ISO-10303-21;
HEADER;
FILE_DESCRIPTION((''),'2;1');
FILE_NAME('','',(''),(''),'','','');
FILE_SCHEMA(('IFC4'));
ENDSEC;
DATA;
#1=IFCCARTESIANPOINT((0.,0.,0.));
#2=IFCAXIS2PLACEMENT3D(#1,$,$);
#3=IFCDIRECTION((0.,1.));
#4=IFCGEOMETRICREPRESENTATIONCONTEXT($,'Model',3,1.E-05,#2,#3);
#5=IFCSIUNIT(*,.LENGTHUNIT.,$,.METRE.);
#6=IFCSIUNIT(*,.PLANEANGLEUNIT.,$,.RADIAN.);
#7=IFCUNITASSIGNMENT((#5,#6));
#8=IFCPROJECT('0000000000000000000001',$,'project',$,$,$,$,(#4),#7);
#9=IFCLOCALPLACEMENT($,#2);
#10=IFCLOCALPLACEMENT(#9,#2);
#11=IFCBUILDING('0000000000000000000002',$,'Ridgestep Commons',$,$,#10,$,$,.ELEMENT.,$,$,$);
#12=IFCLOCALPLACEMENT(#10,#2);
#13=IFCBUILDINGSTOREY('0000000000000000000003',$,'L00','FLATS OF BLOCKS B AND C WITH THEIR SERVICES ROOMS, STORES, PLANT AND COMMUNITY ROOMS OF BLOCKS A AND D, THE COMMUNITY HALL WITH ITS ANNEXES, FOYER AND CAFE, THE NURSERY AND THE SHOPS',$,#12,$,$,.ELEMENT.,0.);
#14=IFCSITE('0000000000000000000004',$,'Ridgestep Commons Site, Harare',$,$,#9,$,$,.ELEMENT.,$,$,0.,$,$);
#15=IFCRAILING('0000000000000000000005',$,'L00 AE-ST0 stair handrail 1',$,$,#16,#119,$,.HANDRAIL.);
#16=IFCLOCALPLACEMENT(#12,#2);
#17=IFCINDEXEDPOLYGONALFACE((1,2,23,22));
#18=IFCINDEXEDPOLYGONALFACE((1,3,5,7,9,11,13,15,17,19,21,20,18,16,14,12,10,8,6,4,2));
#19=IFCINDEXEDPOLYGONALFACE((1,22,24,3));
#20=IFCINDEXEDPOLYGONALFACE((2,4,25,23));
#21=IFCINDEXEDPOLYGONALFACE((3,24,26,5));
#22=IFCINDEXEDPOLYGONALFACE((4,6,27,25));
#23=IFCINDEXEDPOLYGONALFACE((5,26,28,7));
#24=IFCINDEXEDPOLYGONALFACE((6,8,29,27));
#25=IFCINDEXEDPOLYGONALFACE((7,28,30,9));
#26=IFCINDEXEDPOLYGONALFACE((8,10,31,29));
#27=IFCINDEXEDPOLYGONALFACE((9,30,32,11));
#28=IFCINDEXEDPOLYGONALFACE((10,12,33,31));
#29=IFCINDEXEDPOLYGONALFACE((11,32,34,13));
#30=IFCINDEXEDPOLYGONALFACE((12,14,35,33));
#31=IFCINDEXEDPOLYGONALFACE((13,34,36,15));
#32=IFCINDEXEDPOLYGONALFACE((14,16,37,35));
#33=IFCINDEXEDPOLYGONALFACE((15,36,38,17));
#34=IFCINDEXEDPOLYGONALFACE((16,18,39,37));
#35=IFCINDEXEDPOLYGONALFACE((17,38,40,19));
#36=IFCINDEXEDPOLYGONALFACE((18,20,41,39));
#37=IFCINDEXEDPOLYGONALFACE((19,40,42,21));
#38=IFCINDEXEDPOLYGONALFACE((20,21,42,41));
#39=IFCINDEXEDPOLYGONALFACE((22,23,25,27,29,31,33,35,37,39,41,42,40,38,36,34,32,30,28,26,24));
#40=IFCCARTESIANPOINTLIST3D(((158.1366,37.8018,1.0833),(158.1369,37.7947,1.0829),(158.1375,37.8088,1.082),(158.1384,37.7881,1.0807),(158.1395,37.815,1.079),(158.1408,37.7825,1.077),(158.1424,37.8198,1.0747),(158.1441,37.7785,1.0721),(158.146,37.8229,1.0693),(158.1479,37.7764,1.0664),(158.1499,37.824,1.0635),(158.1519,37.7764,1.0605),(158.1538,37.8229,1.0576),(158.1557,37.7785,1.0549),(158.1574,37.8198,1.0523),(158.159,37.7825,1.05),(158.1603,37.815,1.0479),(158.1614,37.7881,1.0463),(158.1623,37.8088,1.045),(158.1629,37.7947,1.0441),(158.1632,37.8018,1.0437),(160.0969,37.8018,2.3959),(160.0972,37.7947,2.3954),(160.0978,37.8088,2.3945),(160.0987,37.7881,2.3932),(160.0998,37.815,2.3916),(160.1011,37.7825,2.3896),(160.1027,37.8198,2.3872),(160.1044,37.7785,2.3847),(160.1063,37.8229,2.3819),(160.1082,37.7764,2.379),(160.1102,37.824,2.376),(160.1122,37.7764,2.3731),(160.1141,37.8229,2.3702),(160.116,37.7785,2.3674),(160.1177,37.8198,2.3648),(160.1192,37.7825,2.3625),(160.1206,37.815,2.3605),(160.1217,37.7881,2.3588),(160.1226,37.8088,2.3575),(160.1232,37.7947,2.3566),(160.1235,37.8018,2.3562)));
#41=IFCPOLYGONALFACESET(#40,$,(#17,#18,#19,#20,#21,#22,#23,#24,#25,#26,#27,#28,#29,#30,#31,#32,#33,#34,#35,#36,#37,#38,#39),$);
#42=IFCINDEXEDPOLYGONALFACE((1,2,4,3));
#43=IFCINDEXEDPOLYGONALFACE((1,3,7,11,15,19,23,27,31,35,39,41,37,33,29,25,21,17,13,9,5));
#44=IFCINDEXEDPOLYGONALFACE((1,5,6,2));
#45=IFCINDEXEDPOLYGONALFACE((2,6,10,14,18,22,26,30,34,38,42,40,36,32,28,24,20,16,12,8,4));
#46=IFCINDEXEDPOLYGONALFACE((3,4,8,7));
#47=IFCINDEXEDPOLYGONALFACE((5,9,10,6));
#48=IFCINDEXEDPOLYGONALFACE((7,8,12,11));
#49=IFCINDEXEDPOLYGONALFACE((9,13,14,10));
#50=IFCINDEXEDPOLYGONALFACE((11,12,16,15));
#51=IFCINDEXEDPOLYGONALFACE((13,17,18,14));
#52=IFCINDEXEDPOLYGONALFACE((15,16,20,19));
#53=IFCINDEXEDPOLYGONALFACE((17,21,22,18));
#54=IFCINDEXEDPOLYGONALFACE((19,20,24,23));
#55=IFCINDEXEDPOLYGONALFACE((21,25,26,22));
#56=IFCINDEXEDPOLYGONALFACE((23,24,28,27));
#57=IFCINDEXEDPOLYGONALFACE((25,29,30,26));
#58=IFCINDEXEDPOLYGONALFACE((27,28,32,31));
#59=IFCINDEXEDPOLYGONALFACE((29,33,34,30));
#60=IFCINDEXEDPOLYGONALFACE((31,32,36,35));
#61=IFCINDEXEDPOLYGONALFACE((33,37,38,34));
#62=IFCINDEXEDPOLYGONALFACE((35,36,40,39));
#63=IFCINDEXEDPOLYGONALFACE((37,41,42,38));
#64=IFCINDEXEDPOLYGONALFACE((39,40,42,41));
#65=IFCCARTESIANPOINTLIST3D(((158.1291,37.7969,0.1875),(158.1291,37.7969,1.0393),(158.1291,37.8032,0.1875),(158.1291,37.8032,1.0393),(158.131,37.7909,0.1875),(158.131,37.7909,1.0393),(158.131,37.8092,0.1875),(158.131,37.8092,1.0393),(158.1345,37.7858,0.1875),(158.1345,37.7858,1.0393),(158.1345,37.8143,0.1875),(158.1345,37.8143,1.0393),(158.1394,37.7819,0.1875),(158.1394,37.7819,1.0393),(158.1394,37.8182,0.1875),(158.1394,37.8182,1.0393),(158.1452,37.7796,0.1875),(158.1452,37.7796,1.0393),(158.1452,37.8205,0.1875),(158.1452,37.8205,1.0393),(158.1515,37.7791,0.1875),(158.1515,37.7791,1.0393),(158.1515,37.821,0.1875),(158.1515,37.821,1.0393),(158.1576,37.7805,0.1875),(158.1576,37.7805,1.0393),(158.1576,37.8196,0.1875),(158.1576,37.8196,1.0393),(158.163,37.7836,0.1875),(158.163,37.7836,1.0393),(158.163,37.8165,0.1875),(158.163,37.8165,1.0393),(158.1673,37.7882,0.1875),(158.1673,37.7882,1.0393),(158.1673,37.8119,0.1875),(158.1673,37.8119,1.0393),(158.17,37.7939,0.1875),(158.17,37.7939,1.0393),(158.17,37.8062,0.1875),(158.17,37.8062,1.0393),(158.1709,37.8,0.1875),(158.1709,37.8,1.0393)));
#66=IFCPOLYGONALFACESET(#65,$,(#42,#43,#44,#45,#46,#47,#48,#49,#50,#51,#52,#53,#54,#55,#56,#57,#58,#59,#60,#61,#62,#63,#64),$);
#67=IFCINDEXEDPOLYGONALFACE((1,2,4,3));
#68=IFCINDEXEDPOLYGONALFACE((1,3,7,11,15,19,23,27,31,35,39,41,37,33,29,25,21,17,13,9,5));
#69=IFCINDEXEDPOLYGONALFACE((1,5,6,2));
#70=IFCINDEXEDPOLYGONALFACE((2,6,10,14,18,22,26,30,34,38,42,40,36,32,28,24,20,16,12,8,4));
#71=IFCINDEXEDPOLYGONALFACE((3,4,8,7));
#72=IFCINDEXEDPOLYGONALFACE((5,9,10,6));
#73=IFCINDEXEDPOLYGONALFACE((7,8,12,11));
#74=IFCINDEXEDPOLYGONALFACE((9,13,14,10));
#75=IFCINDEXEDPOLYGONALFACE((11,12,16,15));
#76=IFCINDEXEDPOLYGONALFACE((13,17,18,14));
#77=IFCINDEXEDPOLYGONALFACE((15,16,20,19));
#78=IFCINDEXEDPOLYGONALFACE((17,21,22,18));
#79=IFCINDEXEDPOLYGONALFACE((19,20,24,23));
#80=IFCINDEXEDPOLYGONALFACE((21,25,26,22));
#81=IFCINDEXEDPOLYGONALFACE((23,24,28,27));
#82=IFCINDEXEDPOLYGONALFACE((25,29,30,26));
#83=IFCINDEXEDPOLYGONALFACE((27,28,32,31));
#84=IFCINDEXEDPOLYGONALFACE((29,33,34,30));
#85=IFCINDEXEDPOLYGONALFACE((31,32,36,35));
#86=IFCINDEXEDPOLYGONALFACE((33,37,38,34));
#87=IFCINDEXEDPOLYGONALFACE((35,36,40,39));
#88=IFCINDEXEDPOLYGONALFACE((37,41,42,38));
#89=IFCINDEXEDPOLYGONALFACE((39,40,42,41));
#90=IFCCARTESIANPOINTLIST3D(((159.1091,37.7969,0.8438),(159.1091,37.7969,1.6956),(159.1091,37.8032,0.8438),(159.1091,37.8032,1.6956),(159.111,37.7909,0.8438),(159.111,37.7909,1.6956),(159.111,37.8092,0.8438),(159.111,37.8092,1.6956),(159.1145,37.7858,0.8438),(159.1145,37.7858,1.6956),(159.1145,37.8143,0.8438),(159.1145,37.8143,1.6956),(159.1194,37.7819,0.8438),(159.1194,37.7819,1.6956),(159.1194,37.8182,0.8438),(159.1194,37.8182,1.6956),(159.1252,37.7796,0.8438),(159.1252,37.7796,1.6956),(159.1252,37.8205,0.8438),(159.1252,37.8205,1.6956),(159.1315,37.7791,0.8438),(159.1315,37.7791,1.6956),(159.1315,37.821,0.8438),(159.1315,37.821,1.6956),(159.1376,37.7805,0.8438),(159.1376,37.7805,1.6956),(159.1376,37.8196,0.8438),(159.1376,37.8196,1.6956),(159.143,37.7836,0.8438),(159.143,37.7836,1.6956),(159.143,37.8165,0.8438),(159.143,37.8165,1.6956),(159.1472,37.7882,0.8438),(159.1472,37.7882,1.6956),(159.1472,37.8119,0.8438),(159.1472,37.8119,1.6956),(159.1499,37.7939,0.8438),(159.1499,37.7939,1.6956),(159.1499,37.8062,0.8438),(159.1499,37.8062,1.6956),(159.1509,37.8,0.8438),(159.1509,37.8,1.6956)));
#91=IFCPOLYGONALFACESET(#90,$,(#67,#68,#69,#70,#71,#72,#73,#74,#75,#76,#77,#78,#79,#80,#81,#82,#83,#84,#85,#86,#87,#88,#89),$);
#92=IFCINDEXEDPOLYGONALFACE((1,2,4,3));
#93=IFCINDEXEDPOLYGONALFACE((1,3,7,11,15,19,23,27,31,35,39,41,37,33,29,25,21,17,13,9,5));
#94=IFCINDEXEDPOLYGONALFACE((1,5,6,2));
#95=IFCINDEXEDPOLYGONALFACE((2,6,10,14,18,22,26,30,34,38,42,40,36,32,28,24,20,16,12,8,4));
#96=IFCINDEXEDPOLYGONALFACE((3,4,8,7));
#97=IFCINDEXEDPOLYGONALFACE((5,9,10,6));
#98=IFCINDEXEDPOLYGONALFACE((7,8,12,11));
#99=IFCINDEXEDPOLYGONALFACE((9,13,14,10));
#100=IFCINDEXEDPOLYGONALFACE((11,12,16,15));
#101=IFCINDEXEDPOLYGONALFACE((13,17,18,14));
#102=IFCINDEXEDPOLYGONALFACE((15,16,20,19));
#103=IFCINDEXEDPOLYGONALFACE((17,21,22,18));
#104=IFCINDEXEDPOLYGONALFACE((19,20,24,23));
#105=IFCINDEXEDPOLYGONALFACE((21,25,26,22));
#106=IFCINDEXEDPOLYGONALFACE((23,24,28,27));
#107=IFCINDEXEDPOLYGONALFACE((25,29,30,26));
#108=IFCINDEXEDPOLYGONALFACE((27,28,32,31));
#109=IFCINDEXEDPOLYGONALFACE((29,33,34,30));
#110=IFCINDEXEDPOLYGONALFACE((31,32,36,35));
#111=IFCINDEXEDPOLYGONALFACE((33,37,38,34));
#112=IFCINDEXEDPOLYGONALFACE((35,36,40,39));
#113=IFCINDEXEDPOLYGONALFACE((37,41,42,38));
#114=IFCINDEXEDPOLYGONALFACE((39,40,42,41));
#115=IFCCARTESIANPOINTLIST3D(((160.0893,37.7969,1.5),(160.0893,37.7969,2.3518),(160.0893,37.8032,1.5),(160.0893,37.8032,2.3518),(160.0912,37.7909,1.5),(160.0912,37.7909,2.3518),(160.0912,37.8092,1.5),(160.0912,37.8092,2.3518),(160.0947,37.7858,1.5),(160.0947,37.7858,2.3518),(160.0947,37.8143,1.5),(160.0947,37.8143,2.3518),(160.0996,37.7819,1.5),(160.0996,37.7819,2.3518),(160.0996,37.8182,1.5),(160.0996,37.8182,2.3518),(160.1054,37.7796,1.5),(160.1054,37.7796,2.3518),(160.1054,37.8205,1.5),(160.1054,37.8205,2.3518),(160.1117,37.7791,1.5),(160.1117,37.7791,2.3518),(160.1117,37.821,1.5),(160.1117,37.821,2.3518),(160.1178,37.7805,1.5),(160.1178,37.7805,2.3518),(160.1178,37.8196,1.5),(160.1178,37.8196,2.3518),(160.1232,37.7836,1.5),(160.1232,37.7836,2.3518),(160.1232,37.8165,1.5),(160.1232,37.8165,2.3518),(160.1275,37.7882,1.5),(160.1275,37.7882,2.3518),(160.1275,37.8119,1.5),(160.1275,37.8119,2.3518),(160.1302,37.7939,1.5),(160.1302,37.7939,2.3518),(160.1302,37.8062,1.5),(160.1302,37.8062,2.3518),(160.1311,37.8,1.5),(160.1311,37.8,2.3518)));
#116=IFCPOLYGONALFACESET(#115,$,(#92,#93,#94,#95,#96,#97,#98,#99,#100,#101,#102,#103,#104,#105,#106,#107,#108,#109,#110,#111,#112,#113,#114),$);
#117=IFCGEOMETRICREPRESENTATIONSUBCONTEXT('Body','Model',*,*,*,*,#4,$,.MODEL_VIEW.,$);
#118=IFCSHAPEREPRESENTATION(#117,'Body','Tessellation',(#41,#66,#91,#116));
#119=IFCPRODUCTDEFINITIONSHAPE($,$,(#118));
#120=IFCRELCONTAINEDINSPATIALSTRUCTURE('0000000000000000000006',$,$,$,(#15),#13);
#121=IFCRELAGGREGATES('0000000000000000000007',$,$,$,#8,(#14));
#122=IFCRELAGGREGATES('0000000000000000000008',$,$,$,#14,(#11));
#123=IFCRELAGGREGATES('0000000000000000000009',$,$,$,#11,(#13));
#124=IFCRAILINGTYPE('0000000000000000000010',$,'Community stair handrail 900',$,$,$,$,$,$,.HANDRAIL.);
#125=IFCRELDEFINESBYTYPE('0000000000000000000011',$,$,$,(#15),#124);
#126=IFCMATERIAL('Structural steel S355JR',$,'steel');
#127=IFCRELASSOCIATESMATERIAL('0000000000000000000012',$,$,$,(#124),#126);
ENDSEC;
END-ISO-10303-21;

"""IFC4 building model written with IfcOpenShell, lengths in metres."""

from ifc_helpers import new_model, si_unit, direction, frame, origin, origin_2d, place, context, subcontext, project, spatial, circle, extrude, material, type_object, element, save


model = new_model("IFC4")

# Units and contexts
model_context = context("Model", 3, precision=1e-05, world=origin(), true_north=direction((0.0, 1.0)))
body_context = subcontext(model_context, "Body", "Model", "MODEL_VIEW")
ifc_project = project(units=[si_unit("LENGTHUNIT", "METRE"), si_unit("PLANEANGLEUNIT", "RADIAN")], contexts=[model_context])

# Site, building, storey
site_placement = place(None, origin())
site = spatial("IfcSite", under=ifc_project, at=site_placement, Name="Ridgestep Commons Site, Harare", CompositionType="ELEMENT", RefElevation=0.0)
building_placement = place(site_placement, origin())
building = spatial("IfcBuilding", under=site, at=building_placement, Name="Ridgestep Commons", CompositionType="ELEMENT")
storey_placement = place(building_placement, origin())
storey = spatial("IfcBuildingStorey", under=building, at=storey_placement, Name="L00", Description="FLATS OF BLOCKS B AND C WITH THEIR SERVICES ROOMS, STORES, PLANT AND COMMUNITY ROOMS OF BLOCKS A AND D, THE COMMUNITY HALL WITH ITS ANNEXES, FOYER AND CAFE, THE NURSERY AND THE SHOPS", CompositionType="ELEMENT", Elevation=0.0)

# Railing
ifc_material_1 = material(Name="Structural steel S355JR", Category="steel")
railing_type_1 = type_object("IfcRailingType", Name="Community stair handrail 900", PredefinedType="HANDRAIL", material=ifc_material_1)
railing_1_placement = place(storey_placement, frame((158.1499, 37.8, 0.1875)))
element("IfcRailing", 1, at=railing_1_placement, inside=storey, type_object=railing_type_1, Name="L00 AE-ST0 stair handrail 1", PredefinedType="HANDRAIL", context=body_context, shape_type="SweptSolid", body=[
    extrude(circle(Radius=0.0239, at=origin_2d()), frame((0.0, 0.0, 0.876), z_axis=(0.830934, 0.0, 0.556371), x_axis=(0.0, 1.0, 0.0)), (0.0, 0.0, 1.0), 2.3591),
    extrude(circle(Radius=0.021, at=origin_2d()), origin(), (0.0, 0.0, 1.0), 0.8518),
    extrude(circle(Radius=0.021, at=origin_2d()), frame((0.98, 0.0, 0.6562)), (0.0, 0.0, 1.0), 0.8518),
    extrude(circle(Radius=0.021, at=origin_2d()), frame((1.9602, 0.0, 1.3125)), (0.0, 0.0, 1.0), 0.8518),
])

save(model, "model.ifc")
